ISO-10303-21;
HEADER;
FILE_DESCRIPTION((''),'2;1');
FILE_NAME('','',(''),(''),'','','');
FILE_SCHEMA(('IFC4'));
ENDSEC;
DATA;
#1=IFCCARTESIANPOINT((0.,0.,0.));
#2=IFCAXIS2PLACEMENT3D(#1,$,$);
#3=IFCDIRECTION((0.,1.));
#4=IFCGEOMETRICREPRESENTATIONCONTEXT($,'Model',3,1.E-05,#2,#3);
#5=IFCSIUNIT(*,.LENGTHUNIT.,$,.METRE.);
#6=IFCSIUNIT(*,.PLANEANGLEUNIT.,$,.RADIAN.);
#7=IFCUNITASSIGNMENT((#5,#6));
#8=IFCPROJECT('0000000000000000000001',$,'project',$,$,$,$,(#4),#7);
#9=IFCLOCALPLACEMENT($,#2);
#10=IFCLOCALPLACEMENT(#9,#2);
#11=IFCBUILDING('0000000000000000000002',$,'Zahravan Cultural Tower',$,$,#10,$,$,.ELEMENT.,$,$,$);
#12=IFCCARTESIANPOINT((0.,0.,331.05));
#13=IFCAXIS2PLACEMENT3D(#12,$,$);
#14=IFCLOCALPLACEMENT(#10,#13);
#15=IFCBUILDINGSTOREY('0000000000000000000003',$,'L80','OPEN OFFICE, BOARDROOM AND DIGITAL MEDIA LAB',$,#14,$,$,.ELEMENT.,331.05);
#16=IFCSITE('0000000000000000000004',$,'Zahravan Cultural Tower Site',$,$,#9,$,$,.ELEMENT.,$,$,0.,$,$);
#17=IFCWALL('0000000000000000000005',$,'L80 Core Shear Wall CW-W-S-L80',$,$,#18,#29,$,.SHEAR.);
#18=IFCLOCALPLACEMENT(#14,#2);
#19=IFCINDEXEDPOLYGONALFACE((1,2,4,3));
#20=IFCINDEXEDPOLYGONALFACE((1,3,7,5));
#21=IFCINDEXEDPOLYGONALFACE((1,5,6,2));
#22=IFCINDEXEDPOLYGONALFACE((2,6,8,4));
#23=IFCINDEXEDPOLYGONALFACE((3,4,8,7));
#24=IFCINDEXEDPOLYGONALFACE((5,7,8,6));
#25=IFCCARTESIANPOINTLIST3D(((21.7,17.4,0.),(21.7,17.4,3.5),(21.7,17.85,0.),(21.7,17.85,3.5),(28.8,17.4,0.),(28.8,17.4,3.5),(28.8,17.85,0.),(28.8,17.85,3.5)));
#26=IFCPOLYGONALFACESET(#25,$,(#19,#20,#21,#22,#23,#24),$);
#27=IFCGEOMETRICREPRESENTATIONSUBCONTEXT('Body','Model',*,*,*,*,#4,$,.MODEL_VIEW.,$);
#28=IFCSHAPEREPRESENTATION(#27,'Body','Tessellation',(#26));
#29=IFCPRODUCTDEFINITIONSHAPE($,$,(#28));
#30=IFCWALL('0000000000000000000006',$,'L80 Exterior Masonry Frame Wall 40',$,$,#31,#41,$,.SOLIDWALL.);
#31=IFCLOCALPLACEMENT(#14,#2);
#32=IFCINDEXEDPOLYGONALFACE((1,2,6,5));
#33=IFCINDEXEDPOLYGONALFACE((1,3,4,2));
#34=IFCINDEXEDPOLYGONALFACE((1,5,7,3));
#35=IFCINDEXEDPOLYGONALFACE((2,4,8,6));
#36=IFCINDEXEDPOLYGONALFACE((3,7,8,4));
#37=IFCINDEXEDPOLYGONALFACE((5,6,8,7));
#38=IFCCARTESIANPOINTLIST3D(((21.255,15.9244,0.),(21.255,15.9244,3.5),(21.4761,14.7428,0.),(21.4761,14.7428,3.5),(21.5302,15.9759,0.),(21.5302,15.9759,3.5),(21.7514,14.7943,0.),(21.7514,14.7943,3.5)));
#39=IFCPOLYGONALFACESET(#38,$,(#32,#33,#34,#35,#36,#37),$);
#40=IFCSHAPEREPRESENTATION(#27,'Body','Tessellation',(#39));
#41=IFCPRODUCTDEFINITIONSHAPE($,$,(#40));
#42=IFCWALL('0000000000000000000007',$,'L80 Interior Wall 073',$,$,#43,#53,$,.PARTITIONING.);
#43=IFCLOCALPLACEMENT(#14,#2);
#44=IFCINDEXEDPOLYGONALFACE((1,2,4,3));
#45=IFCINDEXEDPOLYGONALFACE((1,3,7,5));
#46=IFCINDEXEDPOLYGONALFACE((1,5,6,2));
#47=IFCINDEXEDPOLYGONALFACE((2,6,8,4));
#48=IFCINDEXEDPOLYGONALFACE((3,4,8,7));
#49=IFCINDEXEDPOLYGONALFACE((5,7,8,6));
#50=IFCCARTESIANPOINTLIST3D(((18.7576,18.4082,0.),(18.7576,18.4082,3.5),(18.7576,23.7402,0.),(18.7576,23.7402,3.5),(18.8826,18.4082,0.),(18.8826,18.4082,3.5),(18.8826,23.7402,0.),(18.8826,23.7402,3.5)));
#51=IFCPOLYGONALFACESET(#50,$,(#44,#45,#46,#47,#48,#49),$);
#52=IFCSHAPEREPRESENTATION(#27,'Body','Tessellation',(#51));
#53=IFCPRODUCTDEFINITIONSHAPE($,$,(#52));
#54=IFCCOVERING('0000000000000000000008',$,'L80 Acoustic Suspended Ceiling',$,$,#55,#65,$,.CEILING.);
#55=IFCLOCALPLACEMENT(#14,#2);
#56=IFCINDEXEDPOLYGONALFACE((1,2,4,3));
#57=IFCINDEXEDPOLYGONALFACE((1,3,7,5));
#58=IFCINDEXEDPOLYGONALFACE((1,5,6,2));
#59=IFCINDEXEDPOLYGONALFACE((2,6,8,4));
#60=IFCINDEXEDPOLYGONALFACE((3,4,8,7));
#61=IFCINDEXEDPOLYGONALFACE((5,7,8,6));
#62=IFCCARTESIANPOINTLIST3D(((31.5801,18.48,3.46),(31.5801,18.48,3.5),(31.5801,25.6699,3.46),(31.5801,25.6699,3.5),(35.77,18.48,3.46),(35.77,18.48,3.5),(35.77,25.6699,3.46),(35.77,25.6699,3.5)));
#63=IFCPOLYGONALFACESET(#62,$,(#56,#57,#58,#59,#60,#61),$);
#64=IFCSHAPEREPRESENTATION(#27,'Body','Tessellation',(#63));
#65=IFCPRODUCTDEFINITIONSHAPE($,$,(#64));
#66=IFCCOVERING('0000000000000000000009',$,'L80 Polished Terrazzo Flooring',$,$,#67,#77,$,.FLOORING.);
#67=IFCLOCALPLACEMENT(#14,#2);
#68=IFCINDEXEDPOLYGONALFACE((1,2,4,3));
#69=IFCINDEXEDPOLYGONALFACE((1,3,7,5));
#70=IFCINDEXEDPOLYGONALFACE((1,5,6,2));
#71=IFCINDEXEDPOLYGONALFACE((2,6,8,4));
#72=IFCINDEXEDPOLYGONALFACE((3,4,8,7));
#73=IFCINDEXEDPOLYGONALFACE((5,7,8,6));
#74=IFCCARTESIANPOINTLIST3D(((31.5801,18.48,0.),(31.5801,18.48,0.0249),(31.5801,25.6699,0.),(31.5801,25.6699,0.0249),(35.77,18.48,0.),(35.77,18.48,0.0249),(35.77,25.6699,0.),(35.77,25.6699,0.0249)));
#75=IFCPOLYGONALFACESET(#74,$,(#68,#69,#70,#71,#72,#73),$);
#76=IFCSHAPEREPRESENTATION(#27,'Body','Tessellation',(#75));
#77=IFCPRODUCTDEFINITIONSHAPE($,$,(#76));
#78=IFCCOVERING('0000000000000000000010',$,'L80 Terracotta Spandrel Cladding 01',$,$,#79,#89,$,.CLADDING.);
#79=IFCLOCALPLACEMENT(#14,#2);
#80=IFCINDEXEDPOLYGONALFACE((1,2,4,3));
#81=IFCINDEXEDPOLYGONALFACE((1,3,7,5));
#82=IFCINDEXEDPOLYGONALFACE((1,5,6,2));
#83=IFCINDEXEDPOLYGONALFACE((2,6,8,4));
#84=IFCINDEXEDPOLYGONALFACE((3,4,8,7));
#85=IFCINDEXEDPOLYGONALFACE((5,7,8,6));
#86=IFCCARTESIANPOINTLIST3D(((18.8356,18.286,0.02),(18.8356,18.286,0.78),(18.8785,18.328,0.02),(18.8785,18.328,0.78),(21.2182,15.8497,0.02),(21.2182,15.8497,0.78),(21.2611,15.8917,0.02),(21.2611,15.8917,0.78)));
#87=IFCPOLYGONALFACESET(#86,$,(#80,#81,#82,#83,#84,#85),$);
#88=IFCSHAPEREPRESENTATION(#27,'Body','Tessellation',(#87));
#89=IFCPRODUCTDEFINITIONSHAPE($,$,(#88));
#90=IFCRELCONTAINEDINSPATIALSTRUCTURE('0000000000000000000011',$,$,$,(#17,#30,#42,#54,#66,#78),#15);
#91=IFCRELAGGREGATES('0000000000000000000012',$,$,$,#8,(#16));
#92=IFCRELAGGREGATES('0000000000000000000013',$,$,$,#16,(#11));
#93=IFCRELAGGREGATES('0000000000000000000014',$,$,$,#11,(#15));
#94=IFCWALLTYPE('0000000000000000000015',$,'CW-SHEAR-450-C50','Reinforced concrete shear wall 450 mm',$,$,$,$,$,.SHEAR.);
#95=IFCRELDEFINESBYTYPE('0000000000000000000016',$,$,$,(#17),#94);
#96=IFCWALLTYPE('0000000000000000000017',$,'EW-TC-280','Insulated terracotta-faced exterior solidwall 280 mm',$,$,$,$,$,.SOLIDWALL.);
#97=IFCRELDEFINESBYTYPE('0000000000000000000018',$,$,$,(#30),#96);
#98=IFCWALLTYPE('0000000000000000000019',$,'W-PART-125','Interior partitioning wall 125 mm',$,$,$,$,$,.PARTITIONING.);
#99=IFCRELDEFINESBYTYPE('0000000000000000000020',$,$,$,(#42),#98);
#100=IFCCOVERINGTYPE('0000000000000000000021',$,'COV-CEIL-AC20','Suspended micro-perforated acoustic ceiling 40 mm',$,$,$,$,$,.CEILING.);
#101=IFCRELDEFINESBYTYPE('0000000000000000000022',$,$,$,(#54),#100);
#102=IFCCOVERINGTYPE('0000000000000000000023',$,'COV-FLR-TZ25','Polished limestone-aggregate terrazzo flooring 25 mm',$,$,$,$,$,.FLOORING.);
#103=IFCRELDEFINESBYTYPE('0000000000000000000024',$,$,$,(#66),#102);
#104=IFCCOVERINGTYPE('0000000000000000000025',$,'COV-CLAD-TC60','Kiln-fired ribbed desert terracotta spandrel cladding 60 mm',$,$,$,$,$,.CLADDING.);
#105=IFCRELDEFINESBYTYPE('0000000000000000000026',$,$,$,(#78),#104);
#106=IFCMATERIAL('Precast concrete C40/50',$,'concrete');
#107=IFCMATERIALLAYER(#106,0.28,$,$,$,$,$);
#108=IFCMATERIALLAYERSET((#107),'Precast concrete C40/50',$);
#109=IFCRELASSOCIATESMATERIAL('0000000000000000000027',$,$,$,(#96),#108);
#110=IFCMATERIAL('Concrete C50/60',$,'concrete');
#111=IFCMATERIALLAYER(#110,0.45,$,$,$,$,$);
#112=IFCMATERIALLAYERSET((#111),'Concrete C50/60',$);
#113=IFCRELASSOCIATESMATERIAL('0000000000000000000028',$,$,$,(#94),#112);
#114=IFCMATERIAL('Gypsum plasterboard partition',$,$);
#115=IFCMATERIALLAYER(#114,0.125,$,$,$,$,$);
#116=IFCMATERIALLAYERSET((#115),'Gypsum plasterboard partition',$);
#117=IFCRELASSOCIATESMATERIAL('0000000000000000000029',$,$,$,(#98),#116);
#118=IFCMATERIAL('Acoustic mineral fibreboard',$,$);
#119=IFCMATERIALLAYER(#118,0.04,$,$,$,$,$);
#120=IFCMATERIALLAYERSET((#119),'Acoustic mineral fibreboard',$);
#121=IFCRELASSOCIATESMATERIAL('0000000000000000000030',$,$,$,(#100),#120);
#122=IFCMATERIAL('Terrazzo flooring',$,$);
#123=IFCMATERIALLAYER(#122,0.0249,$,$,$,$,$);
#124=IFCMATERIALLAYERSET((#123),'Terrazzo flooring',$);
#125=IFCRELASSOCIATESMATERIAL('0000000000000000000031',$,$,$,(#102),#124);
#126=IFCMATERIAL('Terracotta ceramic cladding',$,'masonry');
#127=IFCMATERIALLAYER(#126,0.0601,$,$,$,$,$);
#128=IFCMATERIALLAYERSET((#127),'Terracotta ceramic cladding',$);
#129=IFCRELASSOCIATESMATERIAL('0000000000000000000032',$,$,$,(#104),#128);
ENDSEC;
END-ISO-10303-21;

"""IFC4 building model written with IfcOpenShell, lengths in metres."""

from ifc_helpers import new_model, si_unit, direction, frame, frame_2d, origin, origin_2d, place, context, subcontext, project, spatial, polyline, rectangle, outline, extrude, source, transform, mapped, material, layer, layer_set, type_object, element, save


model = new_model("IFC4")

# Units and contexts
model_context = context("Model", 3, precision=1e-05, world=origin(), true_north=direction((0.0, 1.0)))
body_context = subcontext(model_context, "Body", "Model", "MODEL_VIEW")
ifc_project = project(units=[si_unit("LENGTHUNIT", "METRE"), si_unit("PLANEANGLEUNIT", "RADIAN")], contexts=[model_context])

# Site, building, storey
site_placement = place(None, origin())
site = spatial("IfcSite", under=ifc_project, at=site_placement, Name="Zahravan Cultural Tower Site", CompositionType="ELEMENT", RefElevation=0.0)
building_placement = place(site_placement, origin())
building = spatial("IfcBuilding", under=site, at=building_placement, Name="Zahravan Cultural Tower", CompositionType="ELEMENT")
storey_placement = place(building_placement, frame((0.0, 0.0, 331.05)))
storey = spatial("IfcBuildingStorey", under=building, at=storey_placement, Name="L80", Description="OPEN OFFICE, BOARDROOM AND DIGITAL MEDIA LAB", CompositionType="ELEMENT", Elevation=331.05)

# Shared definitions
ifc_material_1 = material(Name="Concrete C50/60", Category="concrete")

# Shared definitions
ifc_material_2 = material(Name="Precast concrete C40/50", Category="concrete")
ifc_layer_1 = layer(ifc_material_2, 0.28)
ifc_layer_set_1 = layer_set([ifc_layer_1], Name="Precast concrete C40/50")
wall_type_1 = type_object("IfcWallType", Name="EW-TC-280", Description="Insulated terracotta-faced exterior solidwall 280 mm", PredefinedType="SOLIDWALL", material=ifc_layer_set_1)

# Walls
ifc_layer_2 = layer(ifc_material_1, 0.45)
ifc_layer_set_2 = layer_set([ifc_layer_2], Name="Concrete C50/60")
wall_type_2 = type_object("IfcWallType", Name="CW-SHEAR-450-C50", Description="Reinforced concrete shear wall 450 mm", PredefinedType="SHEAR", material=ifc_layer_set_2)
shared_shape_1 = source(origin(), body_context, "Body", "SweptSolid", [
    extrude(rectangle(XDim=7.1001, YDim=0.45, at=frame_2d((3.55, 0.0))), origin(), (0.0, 0.0, 1.0), 3.5),
])
wall_1_placement = place(storey_placement, frame((21.7, 17.625, 0.0), z_axis=(0.0, 0.0, 1.0), x_axis=(1.0, 0.0, 0.0)))
element("IfcWall", 1, at=wall_1_placement, inside=storey, type_object=wall_type_2, Name="L80 Core Shear Wall CW-W-S-L80", PredefinedType="SHEAR", context=body_context, shape_type="MappedRepresentation", body=[
    mapped(shared_shape_1, transform((0.0, 0.0, 0.0), x_axis=(1.0, 0.0, 0.0), y_axis=(0.0, 1.0, 0.0), z_axis=(0.0, 0.0, 1.0), scale=1.0)),
])
shared_shape_2 = source(origin(), body_context, "Body", "SweptSolid", [
    extrude(rectangle(XDim=1.2021, YDim=0.28, at=frame_2d((0.6011, 0.0))), origin(), (0.0, 0.0, 1.0), 3.5),
])
wall_2_placement = place(storey_placement, frame((21.6138, 14.7686, 0.0), z_axis=(0.0, 0.0, 1.0), x_axis=(-0.183994, 0.982927, 0.0)))
element("IfcWall", 2, at=wall_2_placement, inside=storey, type_object=wall_type_1, Name="L80 Exterior Masonry Frame Wall 40", PredefinedType="SOLIDWALL", context=body_context, shape_type="MappedRepresentation", body=[
    mapped(shared_shape_2, transform((0.0, 0.0, 0.0), x_axis=(1.0, 0.0, 0.0), y_axis=(0.0, 1.0, 0.0), z_axis=(0.0, 0.0, 1.0), scale=1.0)),
])
ifc_material_3 = material(Name="Gypsum plasterboard partition")
ifc_layer_3 = layer(ifc_material_3, 0.125)
ifc_layer_set_3 = layer_set([ifc_layer_3], Name="Gypsum plasterboard partition")
wall_type_3 = type_object("IfcWallType", Name="W-PART-125", Description="Interior partitioning wall 125 mm", PredefinedType="PARTITIONING", material=ifc_layer_set_3)
shared_shape_3 = source(origin(), body_context, "Body", "SweptSolid", [
    extrude(rectangle(XDim=5.332, YDim=0.125, at=frame_2d((2.666, 0.0))), origin(), (0.0, 0.0, 1.0), 3.5),
])
wall_3_placement = place(storey_placement, frame((18.8201, 18.4082, 0.0), z_axis=(0.0, 0.0, 1.0), x_axis=(0.0, 1.0, 0.0)))
element("IfcWall", 3, at=wall_3_placement, inside=storey, type_object=wall_type_3, Name="L80 Interior Wall 073", PredefinedType="PARTITIONING", context=body_context, shape_type="MappedRepresentation", body=[
    mapped(shared_shape_3, transform((0.0, 0.0, 0.0), x_axis=(1.0, 0.0, 0.0), y_axis=(0.0, 1.0, 0.0), z_axis=(0.0, 0.0, 1.0), scale=1.0)),
])

# Coverings
ifc_material_4 = material(Name="Acoustic mineral fibreboard")
ifc_layer_4 = layer(ifc_material_4, 0.04)
ifc_layer_set_4 = layer_set([ifc_layer_4], Name="Acoustic mineral fibreboard")
covering_type_1 = type_object("IfcCoveringType", Name="COV-CEIL-AC20", Description="Suspended micro-perforated acoustic ceiling 40 mm", PredefinedType="CEILING", material=ifc_layer_set_4)
covering_1_placement = place(storey_placement, frame((0.0, 0.0, 3.46)))
element("IfcCovering", 4, at=covering_1_placement, inside=storey, type_object=covering_type_1, Name="L80 Acoustic Suspended Ceiling", PredefinedType="CEILING", context=body_context, shape_type="SweptSolid", body=[
    extrude(outline(polyline([(35.77, 25.6699), (31.5801, 25.6699), (31.5801, 18.48), (35.77, 18.48), (35.77, 25.6699)])), origin(), (0.0, 0.0, 1.0), 0.04),
])
ifc_material_5 = material(Name="Terrazzo flooring")
ifc_layer_5 = layer(ifc_material_5, 0.0249)
ifc_layer_set_5 = layer_set([ifc_layer_5], Name="Terrazzo flooring")
covering_type_2 = type_object("IfcCoveringType", Name="COV-FLR-TZ25", Description="Polished limestone-aggregate terrazzo flooring 25 mm", PredefinedType="FLOORING", material=ifc_layer_set_5)
covering_2_placement = place(storey_placement, origin())
element("IfcCovering", 5, at=covering_2_placement, inside=storey, type_object=covering_type_2, Name="L80 Polished Terrazzo Flooring", PredefinedType="FLOORING", context=body_context, shape_type="SweptSolid", body=[
    extrude(outline(polyline([(35.77, 25.6699), (31.5801, 25.6699), (31.5801, 18.48), (35.77, 18.48), (35.77, 25.6699)])), origin(), (0.0, 0.0, 1.0), 0.0249),
])
ifc_material_6 = material(Name="Terracotta ceramic cladding", Category="masonry")
ifc_layer_6 = layer(ifc_material_6, 0.0601)
ifc_layer_set_6 = layer_set([ifc_layer_6], Name="Terracotta ceramic cladding")
covering_type_3 = type_object("IfcCoveringType", Name="COV-CLAD-TC60", Description="Kiln-fired ribbed desert terracotta spandrel cladding 60 mm", PredefinedType="CLADDING", material=ifc_layer_set_6)
shared_shape_4 = source(origin(), body_context, "Body", "SweptSolid", [
    extrude(rectangle(XDim=3.4077, YDim=0.0601, at=origin_2d()), origin(), (0.0, 0.0, 1.0), 0.76),
])
covering_3_placement = place(storey_placement, frame((20.0483, 17.0889, 0.02), z_axis=(0.0, 0.0, 1.0), x_axis=(-0.699189, 0.714937, 0.0)))
element("IfcCovering", 6, at=covering_3_placement, inside=storey, type_object=covering_type_3, Name="L80 Terracotta Spandrel Cladding 01", PredefinedType="CLADDING", context=body_context, shape_type="MappedRepresentation", body=[
    mapped(shared_shape_4, transform((0.0, 0.0, 0.0), x_axis=(1.0, 0.0, 0.0), y_axis=(0.0, 1.0, 0.0), z_axis=(0.0, 0.0, 1.0), scale=1.0)),
])

save(model, "model.ifc")
